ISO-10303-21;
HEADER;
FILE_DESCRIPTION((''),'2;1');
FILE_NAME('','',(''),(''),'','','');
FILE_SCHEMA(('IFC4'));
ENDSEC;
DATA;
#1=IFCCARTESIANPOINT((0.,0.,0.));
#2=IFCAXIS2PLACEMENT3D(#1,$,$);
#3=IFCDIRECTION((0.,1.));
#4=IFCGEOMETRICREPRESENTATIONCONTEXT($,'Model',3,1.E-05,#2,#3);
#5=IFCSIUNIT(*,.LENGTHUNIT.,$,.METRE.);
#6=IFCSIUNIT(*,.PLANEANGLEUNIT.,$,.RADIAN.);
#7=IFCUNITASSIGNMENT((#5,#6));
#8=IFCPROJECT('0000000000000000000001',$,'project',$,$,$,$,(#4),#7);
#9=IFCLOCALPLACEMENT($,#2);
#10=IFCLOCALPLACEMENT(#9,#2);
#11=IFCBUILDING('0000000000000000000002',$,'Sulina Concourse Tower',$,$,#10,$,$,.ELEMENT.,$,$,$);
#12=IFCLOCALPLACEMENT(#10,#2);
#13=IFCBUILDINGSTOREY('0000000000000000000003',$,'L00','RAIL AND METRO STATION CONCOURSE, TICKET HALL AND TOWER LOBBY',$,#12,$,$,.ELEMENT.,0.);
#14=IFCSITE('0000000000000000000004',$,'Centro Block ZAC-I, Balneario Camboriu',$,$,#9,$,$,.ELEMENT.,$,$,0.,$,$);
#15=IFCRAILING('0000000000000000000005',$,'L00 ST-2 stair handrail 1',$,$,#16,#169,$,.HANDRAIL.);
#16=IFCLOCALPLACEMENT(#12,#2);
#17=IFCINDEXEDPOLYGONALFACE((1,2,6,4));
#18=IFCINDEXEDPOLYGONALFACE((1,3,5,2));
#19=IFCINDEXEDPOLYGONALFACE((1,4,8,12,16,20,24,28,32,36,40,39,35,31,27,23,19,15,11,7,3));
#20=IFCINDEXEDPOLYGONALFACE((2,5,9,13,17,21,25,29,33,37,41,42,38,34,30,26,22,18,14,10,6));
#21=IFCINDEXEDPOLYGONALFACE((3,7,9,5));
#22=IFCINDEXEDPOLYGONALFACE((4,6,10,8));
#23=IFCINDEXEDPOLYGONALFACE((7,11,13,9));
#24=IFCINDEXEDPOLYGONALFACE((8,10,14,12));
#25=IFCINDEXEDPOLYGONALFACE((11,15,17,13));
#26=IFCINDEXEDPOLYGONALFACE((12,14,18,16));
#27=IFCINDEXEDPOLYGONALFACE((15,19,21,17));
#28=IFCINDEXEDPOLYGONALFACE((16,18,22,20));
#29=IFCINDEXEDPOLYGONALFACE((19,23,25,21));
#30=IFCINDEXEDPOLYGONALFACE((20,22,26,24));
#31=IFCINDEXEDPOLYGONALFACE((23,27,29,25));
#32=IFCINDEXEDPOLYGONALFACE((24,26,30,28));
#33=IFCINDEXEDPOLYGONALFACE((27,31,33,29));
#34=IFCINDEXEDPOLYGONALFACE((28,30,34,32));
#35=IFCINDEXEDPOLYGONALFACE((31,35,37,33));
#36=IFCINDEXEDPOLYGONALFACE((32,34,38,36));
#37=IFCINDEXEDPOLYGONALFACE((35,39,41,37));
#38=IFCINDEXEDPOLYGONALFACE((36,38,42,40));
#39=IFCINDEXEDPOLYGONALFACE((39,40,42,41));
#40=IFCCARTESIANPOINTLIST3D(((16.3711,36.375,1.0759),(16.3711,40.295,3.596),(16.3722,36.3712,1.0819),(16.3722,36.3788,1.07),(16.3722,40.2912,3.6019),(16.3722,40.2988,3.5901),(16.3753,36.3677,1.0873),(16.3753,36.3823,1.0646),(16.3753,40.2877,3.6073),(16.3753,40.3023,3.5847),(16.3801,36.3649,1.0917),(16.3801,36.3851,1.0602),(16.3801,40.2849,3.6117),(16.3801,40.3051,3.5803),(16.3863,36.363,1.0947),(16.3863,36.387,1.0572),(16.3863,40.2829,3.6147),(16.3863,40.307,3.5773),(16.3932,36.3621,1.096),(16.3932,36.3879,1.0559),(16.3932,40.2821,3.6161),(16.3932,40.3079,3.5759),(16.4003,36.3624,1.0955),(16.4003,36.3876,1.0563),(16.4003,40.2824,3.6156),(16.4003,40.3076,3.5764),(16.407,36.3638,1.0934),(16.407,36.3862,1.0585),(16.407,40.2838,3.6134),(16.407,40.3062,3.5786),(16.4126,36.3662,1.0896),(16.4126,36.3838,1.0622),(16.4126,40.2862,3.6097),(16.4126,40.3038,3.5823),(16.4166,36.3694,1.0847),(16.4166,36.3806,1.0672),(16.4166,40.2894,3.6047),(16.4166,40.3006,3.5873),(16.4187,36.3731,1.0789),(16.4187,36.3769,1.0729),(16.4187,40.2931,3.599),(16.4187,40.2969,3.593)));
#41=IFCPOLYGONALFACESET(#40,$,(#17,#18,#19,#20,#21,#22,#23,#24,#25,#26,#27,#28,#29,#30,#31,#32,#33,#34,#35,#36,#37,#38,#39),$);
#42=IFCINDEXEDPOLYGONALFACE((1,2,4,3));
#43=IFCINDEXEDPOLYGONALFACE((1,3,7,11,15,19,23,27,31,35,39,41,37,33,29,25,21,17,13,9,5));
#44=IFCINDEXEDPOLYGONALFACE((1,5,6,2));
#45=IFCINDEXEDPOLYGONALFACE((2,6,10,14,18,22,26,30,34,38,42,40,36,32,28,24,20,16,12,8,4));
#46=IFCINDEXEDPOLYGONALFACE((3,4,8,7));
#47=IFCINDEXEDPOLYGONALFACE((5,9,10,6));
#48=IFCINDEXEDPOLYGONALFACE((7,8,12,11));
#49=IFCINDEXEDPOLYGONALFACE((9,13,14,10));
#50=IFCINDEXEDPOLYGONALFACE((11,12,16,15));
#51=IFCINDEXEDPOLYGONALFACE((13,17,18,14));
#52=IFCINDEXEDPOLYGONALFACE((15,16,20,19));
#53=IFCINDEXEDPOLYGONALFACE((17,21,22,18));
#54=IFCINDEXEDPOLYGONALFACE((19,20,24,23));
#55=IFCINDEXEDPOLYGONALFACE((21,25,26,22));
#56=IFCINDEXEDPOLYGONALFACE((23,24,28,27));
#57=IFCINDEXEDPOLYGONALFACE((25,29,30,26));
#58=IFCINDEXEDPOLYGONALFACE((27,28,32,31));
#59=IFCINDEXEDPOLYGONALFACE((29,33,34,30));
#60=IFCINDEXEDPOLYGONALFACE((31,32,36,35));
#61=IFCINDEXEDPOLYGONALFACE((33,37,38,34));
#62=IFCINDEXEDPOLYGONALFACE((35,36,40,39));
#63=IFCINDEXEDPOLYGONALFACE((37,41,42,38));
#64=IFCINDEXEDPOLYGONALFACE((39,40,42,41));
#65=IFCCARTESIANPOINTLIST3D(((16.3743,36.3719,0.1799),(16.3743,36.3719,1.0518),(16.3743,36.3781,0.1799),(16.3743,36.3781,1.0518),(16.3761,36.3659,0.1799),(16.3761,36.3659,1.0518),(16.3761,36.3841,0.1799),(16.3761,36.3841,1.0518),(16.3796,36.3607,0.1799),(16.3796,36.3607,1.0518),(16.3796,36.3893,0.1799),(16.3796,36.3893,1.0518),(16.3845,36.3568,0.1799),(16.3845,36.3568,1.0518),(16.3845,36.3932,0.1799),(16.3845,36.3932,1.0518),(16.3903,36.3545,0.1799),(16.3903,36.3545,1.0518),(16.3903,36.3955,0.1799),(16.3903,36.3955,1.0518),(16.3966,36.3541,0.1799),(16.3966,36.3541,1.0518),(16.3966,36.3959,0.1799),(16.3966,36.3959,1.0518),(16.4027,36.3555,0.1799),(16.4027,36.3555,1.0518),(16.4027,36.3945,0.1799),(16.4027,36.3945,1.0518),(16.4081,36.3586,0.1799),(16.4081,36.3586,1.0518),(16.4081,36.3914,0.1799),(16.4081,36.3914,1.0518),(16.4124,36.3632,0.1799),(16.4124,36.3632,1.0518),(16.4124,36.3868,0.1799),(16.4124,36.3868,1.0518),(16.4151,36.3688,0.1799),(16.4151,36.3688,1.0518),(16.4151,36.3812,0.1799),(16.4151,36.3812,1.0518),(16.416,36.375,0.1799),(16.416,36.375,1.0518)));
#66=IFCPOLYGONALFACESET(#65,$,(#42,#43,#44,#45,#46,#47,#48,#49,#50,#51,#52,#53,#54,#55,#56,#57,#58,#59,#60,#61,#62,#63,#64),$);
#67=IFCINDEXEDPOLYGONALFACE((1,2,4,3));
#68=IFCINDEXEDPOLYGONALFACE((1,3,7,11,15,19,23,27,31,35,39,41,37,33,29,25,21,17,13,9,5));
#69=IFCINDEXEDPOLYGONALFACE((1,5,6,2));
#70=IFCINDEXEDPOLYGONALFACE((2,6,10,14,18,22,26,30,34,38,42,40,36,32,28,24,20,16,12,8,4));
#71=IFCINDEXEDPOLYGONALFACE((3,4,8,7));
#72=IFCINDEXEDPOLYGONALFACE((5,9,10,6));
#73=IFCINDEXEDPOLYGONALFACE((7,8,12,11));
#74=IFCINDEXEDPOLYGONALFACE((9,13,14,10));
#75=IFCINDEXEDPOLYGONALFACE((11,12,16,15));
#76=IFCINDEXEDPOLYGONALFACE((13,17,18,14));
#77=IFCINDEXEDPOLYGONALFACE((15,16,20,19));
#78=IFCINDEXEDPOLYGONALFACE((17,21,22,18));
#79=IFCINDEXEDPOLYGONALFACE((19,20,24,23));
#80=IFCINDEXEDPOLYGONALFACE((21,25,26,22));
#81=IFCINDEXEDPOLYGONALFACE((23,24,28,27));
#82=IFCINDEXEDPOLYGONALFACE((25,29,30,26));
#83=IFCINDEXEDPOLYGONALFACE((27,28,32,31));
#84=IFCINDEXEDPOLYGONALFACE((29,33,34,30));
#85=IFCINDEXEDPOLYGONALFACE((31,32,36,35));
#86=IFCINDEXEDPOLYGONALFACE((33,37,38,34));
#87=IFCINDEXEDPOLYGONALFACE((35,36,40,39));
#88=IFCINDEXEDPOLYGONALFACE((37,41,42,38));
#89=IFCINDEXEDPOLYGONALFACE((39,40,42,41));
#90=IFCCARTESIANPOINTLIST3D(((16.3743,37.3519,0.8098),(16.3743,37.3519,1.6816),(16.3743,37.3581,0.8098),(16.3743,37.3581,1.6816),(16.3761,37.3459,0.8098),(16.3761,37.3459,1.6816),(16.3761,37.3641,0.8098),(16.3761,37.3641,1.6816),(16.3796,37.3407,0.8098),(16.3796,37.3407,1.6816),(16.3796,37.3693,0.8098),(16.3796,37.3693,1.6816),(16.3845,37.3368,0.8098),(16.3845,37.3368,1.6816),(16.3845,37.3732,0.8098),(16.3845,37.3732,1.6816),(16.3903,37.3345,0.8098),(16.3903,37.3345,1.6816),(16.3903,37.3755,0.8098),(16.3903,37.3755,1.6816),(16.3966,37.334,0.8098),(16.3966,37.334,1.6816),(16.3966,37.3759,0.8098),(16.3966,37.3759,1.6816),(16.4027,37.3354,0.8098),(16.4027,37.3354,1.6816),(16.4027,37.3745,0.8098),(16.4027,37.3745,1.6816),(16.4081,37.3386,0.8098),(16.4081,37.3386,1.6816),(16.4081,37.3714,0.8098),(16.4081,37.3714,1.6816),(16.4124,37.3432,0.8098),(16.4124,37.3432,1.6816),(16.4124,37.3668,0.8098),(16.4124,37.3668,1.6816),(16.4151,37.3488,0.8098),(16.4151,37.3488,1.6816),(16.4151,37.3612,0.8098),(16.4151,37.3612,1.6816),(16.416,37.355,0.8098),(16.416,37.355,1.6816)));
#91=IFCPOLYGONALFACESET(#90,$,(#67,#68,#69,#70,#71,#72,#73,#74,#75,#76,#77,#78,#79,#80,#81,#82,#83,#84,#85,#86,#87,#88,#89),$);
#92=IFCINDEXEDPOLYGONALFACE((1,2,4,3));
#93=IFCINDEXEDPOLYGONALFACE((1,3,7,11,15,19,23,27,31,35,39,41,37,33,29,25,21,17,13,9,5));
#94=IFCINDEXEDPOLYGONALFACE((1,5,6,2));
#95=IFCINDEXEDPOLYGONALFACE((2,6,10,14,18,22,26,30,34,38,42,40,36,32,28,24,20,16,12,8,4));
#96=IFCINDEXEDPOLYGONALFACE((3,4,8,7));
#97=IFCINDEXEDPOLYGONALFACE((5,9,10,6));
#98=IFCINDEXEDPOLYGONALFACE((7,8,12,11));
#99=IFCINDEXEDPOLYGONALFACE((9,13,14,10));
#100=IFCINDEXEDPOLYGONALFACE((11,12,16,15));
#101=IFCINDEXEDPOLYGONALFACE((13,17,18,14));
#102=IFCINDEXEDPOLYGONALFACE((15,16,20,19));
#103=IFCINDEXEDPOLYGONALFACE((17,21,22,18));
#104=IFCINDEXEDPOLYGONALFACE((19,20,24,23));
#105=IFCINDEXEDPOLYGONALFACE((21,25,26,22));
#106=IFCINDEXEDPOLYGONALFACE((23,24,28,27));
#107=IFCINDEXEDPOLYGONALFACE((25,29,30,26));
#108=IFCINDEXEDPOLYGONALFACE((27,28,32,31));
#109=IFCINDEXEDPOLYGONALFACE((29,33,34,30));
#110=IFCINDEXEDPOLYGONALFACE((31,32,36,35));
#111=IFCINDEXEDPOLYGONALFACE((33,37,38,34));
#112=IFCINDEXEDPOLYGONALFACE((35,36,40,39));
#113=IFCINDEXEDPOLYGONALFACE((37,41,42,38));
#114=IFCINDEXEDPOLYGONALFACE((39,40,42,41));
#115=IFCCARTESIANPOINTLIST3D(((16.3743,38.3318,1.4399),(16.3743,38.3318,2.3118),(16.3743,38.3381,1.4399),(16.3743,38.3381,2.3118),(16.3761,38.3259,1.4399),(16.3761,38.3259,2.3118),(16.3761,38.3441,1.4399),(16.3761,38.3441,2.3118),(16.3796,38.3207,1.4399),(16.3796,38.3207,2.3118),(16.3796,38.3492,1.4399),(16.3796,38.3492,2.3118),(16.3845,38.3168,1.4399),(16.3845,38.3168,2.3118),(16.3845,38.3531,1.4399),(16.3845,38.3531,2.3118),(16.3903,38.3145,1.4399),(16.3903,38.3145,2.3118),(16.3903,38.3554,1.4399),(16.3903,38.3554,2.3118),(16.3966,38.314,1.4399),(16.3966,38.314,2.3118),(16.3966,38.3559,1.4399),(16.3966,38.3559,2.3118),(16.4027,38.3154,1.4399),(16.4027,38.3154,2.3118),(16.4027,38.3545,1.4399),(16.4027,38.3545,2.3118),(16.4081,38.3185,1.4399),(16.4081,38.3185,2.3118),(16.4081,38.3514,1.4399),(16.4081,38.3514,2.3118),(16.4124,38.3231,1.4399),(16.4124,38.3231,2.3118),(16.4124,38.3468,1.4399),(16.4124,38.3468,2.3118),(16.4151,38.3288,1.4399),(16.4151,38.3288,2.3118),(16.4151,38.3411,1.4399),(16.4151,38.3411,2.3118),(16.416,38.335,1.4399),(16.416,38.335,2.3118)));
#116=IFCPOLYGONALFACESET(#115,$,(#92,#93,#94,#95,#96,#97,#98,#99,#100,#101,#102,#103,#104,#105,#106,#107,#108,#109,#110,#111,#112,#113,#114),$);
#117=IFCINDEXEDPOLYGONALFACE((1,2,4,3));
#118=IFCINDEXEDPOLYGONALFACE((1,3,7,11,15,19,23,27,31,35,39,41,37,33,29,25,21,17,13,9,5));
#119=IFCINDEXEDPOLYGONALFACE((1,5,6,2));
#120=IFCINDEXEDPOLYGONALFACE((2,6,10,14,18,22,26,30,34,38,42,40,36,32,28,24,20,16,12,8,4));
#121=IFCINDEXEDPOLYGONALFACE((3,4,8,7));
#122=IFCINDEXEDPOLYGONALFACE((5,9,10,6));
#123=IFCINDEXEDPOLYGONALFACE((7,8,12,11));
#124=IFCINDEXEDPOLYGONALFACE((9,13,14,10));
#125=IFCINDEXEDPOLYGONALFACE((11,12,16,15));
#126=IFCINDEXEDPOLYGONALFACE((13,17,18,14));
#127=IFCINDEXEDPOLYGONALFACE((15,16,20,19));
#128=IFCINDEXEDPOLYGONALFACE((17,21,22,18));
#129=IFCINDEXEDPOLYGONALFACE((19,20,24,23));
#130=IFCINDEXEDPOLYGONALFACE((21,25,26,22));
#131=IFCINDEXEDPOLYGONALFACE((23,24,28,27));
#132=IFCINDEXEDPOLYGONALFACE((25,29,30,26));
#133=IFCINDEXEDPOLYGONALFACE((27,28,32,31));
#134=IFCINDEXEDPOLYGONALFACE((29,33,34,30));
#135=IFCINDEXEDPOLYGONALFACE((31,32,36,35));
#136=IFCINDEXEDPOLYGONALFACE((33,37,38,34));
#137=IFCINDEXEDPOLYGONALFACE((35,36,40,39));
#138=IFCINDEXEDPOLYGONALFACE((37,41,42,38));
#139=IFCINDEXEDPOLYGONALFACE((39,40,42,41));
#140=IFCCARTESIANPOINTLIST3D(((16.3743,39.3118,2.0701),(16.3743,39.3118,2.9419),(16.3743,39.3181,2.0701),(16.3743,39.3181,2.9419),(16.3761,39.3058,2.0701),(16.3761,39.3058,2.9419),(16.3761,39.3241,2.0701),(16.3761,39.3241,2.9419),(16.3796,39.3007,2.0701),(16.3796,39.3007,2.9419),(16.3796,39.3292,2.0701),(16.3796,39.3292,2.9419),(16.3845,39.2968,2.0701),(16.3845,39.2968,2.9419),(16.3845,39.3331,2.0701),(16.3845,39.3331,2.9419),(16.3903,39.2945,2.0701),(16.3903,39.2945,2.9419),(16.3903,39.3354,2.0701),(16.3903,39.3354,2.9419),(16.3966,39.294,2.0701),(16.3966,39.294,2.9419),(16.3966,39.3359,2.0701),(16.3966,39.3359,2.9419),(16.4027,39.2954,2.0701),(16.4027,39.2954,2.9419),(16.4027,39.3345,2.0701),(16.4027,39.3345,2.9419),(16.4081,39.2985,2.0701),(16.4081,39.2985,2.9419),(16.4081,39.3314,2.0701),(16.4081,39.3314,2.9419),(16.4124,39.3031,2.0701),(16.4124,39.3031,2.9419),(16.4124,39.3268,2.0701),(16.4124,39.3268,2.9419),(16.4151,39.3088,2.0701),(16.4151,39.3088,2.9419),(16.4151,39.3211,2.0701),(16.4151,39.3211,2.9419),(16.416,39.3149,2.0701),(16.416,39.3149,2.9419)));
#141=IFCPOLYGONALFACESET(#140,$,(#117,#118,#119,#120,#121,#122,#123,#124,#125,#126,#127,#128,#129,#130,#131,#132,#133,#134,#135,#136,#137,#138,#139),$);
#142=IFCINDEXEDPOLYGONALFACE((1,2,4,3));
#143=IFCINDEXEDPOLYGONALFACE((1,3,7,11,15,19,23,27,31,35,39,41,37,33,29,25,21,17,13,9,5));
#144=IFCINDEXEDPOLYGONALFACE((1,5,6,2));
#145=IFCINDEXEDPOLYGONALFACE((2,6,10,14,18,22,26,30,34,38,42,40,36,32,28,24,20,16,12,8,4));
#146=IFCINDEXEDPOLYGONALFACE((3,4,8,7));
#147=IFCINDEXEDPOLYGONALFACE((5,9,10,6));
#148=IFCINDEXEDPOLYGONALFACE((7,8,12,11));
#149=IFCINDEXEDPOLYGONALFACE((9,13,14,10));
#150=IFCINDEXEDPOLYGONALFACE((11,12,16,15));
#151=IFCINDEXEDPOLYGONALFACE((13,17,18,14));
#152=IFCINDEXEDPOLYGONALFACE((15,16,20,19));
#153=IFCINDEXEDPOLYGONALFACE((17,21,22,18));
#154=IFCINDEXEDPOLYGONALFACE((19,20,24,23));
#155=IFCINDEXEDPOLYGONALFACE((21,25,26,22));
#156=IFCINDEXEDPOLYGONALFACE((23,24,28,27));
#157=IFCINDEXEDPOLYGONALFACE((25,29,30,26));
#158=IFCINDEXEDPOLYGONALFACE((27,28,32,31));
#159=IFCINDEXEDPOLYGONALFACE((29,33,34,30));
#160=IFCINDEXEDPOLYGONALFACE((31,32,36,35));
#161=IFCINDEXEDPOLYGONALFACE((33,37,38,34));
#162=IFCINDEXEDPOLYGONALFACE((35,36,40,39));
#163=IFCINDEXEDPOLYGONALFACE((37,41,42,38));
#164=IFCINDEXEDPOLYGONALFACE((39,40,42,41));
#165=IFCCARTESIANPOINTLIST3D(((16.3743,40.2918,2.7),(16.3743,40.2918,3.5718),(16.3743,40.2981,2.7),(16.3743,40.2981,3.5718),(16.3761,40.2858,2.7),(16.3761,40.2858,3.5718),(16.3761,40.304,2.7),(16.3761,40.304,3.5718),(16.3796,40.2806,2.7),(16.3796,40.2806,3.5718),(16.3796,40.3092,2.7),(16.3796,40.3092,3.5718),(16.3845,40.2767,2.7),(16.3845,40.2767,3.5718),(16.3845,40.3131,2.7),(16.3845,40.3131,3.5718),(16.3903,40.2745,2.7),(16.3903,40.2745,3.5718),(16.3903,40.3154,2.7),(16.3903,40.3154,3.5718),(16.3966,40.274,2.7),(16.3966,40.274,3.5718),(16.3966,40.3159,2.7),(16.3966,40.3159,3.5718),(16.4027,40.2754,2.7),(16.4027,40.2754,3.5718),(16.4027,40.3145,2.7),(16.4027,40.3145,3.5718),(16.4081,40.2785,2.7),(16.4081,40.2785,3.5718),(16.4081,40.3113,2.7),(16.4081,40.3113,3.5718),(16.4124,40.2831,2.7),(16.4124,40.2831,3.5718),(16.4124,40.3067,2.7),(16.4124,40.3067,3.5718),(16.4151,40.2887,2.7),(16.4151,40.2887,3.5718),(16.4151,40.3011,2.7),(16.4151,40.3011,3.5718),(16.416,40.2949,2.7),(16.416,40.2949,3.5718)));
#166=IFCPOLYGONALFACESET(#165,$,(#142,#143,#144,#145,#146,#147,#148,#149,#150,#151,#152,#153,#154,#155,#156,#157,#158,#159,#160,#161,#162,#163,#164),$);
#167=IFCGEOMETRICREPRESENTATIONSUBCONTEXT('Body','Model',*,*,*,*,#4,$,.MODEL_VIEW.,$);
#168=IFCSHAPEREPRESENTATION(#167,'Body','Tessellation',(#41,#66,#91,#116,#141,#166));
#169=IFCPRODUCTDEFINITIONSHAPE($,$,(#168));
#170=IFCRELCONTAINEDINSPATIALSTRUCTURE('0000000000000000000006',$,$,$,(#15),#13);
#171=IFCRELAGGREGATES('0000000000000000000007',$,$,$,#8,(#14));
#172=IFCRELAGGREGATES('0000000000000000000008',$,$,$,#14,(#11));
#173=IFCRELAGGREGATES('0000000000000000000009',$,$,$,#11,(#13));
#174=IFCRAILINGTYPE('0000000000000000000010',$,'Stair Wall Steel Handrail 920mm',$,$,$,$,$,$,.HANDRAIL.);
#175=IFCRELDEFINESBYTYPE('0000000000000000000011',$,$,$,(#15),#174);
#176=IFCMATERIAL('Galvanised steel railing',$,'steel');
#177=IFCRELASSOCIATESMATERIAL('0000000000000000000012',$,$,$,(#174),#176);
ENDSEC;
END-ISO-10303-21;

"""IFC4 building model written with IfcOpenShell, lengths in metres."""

from ifc_helpers import new_model, si_unit, direction, frame, origin, origin_2d, place, context, subcontext, project, spatial, circle, extrude, material, type_object, element, save


model = new_model("IFC4")

# Units and contexts
model_context = context("Model", 3, precision=1e-05, world=origin(), true_north=direction((0.0, 1.0)))
body_context = subcontext(model_context, "Body", "Model", "MODEL_VIEW")
ifc_project = project(units=[si_unit("LENGTHUNIT", "METRE"), si_unit("PLANEANGLEUNIT", "RADIAN")], contexts=[model_context])

# Site, building, storey
site_placement = place(None, origin())
site = spatial("IfcSite", under=ifc_project, at=site_placement, Name="Centro Block ZAC-I, Balneario Camboriu", CompositionType="ELEMENT", RefElevation=0.0)
building_placement = place(site_placement, origin())
building = spatial("IfcBuilding", under=site, at=building_placement, Name="Sulina Concourse Tower", CompositionType="ELEMENT")
storey_placement = place(building_placement, origin())
storey = spatial("IfcBuildingStorey", under=building, at=storey_placement, Name="L00", Description="RAIL AND METRO STATION CONCOURSE, TICKET HALL AND TOWER LOBBY", CompositionType="ELEMENT", Elevation=0.0)

# Railing
ifc_material_1 = material(Name="Galvanised steel railing", Category="steel")
railing_type_1 = type_object("IfcRailingType", Name="Stair Wall Steel Handrail 920mm", PredefinedType="HANDRAIL", material=ifc_material_1)
railing_1_placement = place(storey_placement, frame((16.395, 36.375, 0.1799)))
element("IfcRailing", 1, at=railing_1_placement, inside=storey, type_object=railing_type_1, Name="L00 ST-2 stair handrail 1", PredefinedType="HANDRAIL", context=body_context, shape_type="SweptSolid", body=[
    extrude(circle(Radius=0.0239, at=origin_2d()), frame((0.0, 0.0, 0.896), z_axis=(0.0, 0.841172, 0.540768), x_axis=(-1.0, 0.0, 0.0)), (0.0, 0.0, 1.0), 4.6602),
    extrude(circle(Radius=0.021, at=origin_2d()), origin(), (0.0, 0.0, 1.0), 0.8718),
    extrude(circle(Radius=0.021, at=origin_2d()), frame((0.0, 0.98, 0.6299)), (0.0, 0.0, 1.0), 0.8718),
    extrude(circle(Radius=0.021, at=origin_2d()), frame((0.0, 1.96, 1.26)), (0.0, 0.0, 1.0), 0.8718),
    extrude(circle(Radius=0.021, at=origin_2d()), frame((0.0, 2.9399, 1.8901)), (0.0, 0.0, 1.0), 0.8718),
    extrude(circle(Radius=0.021, at=origin_2d()), frame((0.0, 3.9199, 2.52)), (0.0, 0.0, 1.0), 0.8718),
])

save(model, "model.ifc")
